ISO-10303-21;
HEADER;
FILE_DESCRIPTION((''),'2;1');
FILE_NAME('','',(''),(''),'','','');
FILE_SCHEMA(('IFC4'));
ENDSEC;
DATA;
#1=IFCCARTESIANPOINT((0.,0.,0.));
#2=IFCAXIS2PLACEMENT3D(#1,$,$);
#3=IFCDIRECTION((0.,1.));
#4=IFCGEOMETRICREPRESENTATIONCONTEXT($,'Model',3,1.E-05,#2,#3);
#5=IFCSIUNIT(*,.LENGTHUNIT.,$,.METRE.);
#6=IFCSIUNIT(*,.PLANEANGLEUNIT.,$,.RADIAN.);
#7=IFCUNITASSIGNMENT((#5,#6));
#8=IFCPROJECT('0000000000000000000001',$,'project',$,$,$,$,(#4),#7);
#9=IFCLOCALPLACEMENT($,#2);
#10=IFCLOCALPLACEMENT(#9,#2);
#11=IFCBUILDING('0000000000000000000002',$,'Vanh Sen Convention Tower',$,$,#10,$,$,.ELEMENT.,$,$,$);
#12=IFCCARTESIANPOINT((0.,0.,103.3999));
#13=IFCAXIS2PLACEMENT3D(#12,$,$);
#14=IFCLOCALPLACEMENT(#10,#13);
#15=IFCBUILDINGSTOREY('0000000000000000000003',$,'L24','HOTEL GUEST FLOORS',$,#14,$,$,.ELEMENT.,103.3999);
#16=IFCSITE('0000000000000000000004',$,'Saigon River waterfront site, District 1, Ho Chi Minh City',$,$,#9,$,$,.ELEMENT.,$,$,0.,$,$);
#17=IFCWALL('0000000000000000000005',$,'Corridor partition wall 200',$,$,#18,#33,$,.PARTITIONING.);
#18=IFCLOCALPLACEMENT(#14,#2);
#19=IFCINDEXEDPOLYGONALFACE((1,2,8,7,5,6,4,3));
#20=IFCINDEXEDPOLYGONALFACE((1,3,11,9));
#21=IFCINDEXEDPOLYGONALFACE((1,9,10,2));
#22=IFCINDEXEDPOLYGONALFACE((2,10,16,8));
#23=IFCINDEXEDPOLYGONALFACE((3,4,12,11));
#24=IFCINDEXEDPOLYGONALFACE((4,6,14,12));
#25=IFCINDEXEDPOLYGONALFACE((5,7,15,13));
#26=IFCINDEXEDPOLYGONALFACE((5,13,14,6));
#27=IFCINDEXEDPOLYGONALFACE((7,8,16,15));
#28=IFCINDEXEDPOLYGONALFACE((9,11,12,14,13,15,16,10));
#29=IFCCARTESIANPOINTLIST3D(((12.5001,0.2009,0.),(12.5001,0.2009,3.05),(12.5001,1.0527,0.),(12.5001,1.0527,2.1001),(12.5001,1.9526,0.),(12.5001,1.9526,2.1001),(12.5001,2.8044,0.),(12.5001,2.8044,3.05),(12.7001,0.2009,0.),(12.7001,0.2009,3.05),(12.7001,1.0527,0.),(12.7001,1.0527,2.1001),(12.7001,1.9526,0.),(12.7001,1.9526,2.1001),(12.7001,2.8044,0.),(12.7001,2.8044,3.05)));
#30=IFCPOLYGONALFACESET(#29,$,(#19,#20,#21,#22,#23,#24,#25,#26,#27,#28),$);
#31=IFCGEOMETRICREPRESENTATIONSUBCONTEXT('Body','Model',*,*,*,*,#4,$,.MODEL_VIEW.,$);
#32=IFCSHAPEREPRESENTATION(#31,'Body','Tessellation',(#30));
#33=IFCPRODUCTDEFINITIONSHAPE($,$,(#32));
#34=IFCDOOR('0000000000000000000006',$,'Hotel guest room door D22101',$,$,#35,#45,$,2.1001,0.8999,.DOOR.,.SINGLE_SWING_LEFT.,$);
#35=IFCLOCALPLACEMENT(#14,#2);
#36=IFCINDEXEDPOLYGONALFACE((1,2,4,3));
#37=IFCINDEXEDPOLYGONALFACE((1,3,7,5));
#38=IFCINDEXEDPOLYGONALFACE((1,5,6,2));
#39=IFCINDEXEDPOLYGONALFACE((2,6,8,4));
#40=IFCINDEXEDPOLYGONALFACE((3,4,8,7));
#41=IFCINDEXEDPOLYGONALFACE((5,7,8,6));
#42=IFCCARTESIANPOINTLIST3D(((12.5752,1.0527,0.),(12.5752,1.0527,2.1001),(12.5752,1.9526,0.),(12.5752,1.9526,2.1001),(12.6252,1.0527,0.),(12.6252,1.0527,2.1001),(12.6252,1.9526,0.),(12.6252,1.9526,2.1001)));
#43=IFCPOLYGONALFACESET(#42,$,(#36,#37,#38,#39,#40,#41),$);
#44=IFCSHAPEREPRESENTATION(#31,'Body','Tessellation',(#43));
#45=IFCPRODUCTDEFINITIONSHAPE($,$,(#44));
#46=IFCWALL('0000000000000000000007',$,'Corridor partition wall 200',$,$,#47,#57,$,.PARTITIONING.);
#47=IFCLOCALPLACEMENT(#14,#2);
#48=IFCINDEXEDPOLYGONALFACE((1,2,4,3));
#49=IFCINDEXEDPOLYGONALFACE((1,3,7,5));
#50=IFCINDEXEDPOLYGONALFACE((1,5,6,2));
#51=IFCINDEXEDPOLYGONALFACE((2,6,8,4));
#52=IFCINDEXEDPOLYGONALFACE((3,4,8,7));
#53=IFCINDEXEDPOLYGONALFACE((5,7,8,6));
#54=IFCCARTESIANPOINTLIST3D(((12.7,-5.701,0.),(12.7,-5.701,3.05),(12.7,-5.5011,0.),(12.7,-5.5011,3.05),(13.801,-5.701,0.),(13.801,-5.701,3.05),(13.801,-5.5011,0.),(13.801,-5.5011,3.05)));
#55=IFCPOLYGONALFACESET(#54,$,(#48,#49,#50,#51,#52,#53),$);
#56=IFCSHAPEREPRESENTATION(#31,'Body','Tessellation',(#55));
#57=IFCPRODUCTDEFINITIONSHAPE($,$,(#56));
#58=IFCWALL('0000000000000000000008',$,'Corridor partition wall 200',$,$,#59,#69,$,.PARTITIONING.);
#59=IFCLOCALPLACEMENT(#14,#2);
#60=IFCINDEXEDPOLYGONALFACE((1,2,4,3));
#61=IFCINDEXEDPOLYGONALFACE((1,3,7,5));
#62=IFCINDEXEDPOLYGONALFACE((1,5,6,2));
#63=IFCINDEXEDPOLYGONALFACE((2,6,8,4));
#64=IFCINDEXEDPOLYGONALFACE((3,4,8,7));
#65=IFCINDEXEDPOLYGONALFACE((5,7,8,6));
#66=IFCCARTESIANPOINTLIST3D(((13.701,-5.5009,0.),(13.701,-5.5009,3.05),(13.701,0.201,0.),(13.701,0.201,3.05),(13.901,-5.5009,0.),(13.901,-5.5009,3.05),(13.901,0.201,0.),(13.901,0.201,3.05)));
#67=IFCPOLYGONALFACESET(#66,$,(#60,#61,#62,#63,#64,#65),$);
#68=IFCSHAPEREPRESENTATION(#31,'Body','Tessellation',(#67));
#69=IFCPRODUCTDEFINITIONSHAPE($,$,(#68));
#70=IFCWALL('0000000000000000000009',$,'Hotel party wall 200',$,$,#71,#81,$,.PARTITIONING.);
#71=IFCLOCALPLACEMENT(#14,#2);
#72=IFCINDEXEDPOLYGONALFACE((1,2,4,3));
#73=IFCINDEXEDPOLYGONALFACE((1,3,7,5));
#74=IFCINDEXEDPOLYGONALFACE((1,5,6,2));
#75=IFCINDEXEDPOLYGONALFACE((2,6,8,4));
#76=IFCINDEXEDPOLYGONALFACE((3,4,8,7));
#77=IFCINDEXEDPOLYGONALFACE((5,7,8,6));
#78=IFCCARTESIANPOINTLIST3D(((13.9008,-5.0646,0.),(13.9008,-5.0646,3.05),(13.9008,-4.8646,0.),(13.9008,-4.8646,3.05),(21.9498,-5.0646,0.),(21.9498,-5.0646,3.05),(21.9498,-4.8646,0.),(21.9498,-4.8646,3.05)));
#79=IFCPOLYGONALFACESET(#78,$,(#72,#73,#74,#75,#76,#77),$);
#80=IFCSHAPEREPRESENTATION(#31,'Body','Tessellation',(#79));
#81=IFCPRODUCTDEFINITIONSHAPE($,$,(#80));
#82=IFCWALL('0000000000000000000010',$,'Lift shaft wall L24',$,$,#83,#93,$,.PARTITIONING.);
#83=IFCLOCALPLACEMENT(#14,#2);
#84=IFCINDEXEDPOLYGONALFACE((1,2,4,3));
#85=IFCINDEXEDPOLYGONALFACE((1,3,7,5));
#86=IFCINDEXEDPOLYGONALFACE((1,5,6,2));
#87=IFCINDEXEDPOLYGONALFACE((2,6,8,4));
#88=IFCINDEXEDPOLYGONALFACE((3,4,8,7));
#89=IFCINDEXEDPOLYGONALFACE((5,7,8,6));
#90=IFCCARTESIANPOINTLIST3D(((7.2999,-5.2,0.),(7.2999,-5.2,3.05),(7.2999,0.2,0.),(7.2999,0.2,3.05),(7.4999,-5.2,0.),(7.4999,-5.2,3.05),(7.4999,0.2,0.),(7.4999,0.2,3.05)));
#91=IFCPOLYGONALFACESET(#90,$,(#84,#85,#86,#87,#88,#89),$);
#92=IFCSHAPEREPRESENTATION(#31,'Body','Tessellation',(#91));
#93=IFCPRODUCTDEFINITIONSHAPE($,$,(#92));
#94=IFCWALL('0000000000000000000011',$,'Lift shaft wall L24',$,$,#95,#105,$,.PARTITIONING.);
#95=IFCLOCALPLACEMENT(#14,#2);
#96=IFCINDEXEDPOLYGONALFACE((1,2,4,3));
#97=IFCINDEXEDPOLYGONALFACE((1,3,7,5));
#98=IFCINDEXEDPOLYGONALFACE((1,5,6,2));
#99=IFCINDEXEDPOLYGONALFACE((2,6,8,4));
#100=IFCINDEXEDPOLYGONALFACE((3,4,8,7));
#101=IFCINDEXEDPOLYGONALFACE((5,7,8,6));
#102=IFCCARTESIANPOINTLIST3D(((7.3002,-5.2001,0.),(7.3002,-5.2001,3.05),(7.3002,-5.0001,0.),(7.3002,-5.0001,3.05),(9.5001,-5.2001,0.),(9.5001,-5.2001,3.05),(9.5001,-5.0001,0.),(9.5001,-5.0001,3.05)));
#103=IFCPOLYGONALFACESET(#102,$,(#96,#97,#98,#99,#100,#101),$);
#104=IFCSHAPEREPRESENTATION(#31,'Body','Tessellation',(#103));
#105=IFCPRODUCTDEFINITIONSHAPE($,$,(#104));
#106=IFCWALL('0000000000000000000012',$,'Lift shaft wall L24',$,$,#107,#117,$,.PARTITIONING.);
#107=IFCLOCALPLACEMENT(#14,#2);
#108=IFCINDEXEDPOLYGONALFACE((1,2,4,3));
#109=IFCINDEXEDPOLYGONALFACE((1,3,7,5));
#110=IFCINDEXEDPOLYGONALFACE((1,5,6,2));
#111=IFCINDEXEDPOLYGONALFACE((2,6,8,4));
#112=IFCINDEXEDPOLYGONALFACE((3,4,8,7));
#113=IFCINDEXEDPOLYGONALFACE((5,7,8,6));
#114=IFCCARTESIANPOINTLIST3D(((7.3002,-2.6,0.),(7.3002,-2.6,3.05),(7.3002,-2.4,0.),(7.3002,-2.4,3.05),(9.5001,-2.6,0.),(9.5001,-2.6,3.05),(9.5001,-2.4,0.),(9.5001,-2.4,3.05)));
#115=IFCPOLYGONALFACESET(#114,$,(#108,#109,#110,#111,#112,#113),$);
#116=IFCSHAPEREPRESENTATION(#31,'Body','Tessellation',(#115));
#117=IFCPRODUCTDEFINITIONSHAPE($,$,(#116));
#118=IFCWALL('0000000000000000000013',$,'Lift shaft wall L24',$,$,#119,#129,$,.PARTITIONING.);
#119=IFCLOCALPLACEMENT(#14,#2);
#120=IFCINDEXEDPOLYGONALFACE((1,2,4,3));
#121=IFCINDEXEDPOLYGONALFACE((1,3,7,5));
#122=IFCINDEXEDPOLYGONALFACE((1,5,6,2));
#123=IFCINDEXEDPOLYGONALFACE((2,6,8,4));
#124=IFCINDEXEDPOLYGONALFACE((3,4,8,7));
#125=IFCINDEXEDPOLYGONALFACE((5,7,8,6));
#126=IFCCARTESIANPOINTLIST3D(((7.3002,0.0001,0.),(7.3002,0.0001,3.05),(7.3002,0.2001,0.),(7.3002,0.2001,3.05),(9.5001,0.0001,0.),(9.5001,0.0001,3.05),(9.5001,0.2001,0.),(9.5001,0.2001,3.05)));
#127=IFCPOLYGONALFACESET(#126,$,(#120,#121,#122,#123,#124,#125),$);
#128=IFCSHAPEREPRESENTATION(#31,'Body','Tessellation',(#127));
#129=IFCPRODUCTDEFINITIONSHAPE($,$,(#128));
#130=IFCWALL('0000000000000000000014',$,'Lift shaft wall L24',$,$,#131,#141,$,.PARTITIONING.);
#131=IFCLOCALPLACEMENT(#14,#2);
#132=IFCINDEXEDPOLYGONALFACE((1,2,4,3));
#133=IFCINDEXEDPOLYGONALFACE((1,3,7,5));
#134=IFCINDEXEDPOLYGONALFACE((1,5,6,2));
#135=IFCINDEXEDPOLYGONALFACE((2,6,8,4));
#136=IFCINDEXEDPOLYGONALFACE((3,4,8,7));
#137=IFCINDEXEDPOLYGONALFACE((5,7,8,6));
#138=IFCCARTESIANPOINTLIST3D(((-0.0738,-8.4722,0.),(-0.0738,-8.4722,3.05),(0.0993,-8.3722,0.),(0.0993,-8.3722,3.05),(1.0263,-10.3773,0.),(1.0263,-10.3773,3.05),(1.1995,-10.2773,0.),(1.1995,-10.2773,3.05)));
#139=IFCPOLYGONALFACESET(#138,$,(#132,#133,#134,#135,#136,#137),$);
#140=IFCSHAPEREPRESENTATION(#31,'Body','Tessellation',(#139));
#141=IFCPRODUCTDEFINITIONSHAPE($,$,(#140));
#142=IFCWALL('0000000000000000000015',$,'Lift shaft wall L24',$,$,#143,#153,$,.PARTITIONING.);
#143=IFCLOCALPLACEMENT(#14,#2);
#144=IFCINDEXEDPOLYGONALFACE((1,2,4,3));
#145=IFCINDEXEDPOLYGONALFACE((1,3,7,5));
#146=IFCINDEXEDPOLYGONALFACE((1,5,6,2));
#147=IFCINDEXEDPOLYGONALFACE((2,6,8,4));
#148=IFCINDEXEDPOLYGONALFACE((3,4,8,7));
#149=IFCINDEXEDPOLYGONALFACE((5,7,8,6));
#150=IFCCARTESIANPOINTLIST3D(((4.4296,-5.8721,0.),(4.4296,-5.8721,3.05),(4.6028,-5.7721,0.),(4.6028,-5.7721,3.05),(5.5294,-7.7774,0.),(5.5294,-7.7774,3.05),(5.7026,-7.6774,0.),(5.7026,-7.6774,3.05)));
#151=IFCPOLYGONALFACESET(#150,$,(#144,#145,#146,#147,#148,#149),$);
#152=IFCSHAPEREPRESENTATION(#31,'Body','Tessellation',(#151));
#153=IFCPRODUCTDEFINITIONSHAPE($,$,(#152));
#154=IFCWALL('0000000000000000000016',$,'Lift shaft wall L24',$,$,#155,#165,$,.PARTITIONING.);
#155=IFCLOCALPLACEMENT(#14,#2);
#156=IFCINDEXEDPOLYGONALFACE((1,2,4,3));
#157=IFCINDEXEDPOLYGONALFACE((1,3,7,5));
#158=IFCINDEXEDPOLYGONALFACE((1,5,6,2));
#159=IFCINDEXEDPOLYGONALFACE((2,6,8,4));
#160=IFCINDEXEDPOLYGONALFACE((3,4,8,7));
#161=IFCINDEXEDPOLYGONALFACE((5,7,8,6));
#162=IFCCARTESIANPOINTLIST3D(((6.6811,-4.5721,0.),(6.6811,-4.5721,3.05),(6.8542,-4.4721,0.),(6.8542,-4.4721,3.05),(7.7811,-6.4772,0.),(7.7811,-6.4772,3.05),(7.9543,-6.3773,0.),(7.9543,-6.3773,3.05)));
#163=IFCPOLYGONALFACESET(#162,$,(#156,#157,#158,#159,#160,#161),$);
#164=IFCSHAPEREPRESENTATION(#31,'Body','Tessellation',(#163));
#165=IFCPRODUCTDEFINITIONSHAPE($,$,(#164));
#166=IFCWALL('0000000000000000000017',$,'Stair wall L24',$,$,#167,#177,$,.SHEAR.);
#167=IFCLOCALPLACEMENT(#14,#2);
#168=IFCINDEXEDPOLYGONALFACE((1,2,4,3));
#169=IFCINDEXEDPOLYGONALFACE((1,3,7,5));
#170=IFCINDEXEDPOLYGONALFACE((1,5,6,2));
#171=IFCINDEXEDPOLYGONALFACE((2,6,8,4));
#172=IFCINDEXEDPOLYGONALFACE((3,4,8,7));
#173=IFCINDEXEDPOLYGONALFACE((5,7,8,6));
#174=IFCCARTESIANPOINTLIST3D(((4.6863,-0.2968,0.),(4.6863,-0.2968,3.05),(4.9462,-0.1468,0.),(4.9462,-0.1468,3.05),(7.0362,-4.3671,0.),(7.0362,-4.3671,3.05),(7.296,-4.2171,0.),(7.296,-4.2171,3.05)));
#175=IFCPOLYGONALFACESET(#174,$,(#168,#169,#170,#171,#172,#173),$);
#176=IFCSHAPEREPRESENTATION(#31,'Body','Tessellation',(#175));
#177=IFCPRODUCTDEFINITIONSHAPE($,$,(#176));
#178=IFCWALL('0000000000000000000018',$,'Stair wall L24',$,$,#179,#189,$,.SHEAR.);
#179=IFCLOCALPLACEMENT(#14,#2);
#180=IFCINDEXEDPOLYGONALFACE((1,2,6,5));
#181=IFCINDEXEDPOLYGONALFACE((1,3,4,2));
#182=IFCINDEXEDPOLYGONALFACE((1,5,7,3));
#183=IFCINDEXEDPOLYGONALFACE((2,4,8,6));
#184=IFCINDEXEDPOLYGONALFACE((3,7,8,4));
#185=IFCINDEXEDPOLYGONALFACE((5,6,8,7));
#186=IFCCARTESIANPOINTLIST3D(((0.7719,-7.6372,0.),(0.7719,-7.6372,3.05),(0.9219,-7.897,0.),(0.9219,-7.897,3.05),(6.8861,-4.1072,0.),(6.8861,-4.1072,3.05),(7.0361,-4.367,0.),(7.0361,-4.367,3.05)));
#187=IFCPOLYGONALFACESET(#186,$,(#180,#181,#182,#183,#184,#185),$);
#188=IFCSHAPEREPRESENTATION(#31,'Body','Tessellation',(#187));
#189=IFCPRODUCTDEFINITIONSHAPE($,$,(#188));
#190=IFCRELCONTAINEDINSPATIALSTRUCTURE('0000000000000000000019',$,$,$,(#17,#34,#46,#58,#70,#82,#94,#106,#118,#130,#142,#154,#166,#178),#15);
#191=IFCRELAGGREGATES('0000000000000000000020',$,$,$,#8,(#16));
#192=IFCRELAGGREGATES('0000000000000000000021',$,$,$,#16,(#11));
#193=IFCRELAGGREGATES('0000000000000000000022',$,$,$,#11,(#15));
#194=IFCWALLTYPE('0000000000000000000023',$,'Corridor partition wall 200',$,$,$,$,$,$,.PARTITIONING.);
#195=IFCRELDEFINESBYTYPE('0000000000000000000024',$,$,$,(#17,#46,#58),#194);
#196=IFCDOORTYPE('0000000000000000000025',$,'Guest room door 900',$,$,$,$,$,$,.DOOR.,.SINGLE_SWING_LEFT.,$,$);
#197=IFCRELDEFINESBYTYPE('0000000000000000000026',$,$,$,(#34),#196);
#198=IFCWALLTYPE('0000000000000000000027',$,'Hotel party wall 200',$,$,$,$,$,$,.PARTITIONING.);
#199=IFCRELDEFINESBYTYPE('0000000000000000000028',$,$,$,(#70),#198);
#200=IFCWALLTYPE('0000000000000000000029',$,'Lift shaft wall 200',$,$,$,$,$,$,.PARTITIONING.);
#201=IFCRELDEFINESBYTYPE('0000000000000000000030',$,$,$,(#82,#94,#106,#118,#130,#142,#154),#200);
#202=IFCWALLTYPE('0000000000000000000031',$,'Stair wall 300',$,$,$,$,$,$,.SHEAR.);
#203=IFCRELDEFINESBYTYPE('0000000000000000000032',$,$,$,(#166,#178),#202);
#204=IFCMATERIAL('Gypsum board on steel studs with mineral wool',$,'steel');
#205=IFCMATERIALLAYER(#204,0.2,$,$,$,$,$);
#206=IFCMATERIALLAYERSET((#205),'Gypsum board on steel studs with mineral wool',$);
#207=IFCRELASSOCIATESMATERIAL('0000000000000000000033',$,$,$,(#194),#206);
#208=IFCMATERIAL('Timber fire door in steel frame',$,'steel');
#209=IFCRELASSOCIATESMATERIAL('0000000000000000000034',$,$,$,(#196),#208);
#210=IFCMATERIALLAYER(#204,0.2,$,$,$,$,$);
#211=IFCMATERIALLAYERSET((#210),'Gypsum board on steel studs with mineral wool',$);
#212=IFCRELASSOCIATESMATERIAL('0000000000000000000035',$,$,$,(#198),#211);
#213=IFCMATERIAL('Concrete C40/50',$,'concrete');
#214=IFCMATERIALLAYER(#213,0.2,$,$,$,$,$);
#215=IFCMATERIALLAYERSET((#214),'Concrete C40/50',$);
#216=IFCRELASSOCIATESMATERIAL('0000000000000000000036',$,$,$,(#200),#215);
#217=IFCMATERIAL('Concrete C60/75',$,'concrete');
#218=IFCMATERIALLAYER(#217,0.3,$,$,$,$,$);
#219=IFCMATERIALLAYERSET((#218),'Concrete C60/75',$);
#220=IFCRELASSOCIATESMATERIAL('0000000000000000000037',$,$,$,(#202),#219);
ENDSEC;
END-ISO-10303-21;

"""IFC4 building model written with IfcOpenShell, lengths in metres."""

from ifc_helpers import new_model, si_unit, direction, frame, frame_2d, origin, place, context, subcontext, project, spatial, rectangle, extrude, material, layer, layer_set, type_object, element, fill, save


model = new_model("IFC4")

# Units and contexts
model_context = context("Model", 3, precision=1e-05, world=origin(), true_north=direction((0.0, 1.0)))
body_context = subcontext(model_context, "Body", "Model", "MODEL_VIEW")
ifc_project = project(units=[si_unit("LENGTHUNIT", "METRE"), si_unit("PLANEANGLEUNIT", "RADIAN")], contexts=[model_context])

# Site, building, storey
site_placement = place(None, origin())
site = spatial("IfcSite", under=ifc_project, at=site_placement, Name="Saigon River waterfront site, District 1, Ho Chi Minh City", CompositionType="ELEMENT", RefElevation=0.0)
building_placement = place(site_placement, origin())
building = spatial("IfcBuilding", under=site, at=building_placement, Name="Vanh Sen Convention Tower", CompositionType="ELEMENT")
storey_placement = place(building_placement, frame((0.0, 0.0, 103.3999)))
storey = spatial("IfcBuildingStorey", under=building, at=storey_placement, Name="L24", Description="HOTEL GUEST FLOORS", CompositionType="ELEMENT", Elevation=103.3999)

# Shared definitions
ifc_material_1 = material(Name="Concrete C40/50", Category="concrete")

# Shared definitions
ifc_material_2 = material(Name="Gypsum board on steel studs with mineral wool", Category="steel")
ifc_layer_1 = layer(ifc_material_2, 0.2)
ifc_layer_set_1 = layer_set([ifc_layer_1], Name="Gypsum board on steel studs with mineral wool")
wall_type_1 = type_object("IfcWallType", Name="Corridor partition wall 200", PredefinedType="PARTITIONING", material=ifc_layer_set_1)

# Shared definitions
ifc_material_3 = material(Name="Timber fire door in steel frame", Category="steel")
door_type_1 = type_object("IfcDoorType", Name="Guest room door 900", OperationType="SINGLE_SWING_LEFT", PredefinedType="DOOR", material=ifc_material_3)

# Wall, opening, door
wall_1_placement = place(storey_placement, frame((12.6001, 0.2009, 0.0), z_axis=(0.0, 0.0, 1.0), x_axis=(0.0, 1.0, 0.0)))
wall_1 = element("IfcWall", 1, at=wall_1_placement, inside=storey, type_object=wall_type_1, Name="Corridor partition wall 200", PredefinedType="PARTITIONING", context=body_context, shape_type="SweptSolid", body=[
    extrude(rectangle(XDim=2.6035, YDim=0.2, at=frame_2d((1.3018, 0.0))), origin(), (0.0, 0.0, 1.0), 3.05),
])
opening_1_placement = place(wall_1_placement, frame((0.8518, 0.0, 0.0)))
opening_1 = element("IfcOpeningElement", 2, at=opening_1_placement, cuts=wall_1, PredefinedType="OPENING", context=body_context, shape_type="SweptSolid", body=[
    extrude(rectangle(XDim=0.8999, YDim=2.1001, at=frame_2d((0.45, 1.05))), frame((0.0, 0.1099, 0.0), z_axis=(0.0, -1.0, 0.0), x_axis=(1.0, 0.0, 0.0)), (0.0, 0.0, 1.0), 0.22),
])
door_1_placement = place(opening_1_placement, origin())
door_1 = element("IfcDoor", 3, at=door_1_placement, inside=storey, type_object=door_type_1, Name="Hotel guest room door D22101", OperationType="SINGLE_SWING_LEFT", OverallHeight=2.1001, OverallWidth=0.8999, PredefinedType="DOOR", context=body_context, shape_type="SweptSolid", body=[
    extrude(rectangle(XDim=0.8999, YDim=2.1001, at=frame_2d((0.45, 1.05))), frame((0.0, 0.0249, 0.0), z_axis=(0.0, -1.0, 0.0), x_axis=(1.0, 0.0, 0.0)), (0.0, 0.0, 1.0), 0.05),
])
fill(opening_1, door_1)

# Walls
wall_2_placement = place(storey_placement, frame((12.7, -5.6011, 0.0), z_axis=(0.0, 0.0, 1.0), x_axis=(1.0, 0.0, 0.0)))
element("IfcWall", 4, at=wall_2_placement, inside=storey, type_object=wall_type_1, Name="Corridor partition wall 200", PredefinedType="PARTITIONING", context=body_context, shape_type="SweptSolid", body=[
    extrude(rectangle(XDim=1.1011, YDim=0.2, at=frame_2d((0.5505, 0.0))), origin(), (0.0, 0.0, 1.0), 3.05),
])
wall_3_placement = place(storey_placement, frame((13.801, -5.501, 0.0), z_axis=(0.0, 0.0, 1.0), x_axis=(0.0, 1.0, 0.0)))
element("IfcWall", 5, at=wall_3_placement, inside=storey, type_object=wall_type_1, Name="Corridor partition wall 200", PredefinedType="PARTITIONING", context=body_context, shape_type="SweptSolid", body=[
    extrude(rectangle(XDim=5.7019, YDim=0.2, at=frame_2d((2.8511, 0.0))), origin(), (0.0, 0.0, 1.0), 3.05),
])
ifc_layer_2 = layer(ifc_material_2, 0.2)
ifc_layer_set_2 = layer_set([ifc_layer_2], Name="Gypsum board on steel studs with mineral wool")
wall_type_2 = type_object("IfcWallType", Name="Hotel party wall 200", PredefinedType="PARTITIONING", material=ifc_layer_set_2)
wall_4_placement = place(storey_placement, frame((13.9009, -4.9646, 0.0), z_axis=(0.0, 0.0, 1.0), x_axis=(1.0, 0.0, 0.0)))
element("IfcWall", 6, at=wall_4_placement, inside=storey, type_object=wall_type_2, Name="Hotel party wall 200", PredefinedType="PARTITIONING", context=body_context, shape_type="SweptSolid", body=[
    extrude(rectangle(XDim=8.0491, YDim=0.2, at=frame_2d((4.0244, 0.0))), origin(), (0.0, 0.0, 1.0), 3.05),
])
ifc_layer_3 = layer(ifc_material_1, 0.2)
ifc_layer_set_3 = layer_set([ifc_layer_3], Name="Concrete C40/50")
wall_type_3 = type_object("IfcWallType", Name="Lift shaft wall 200", PredefinedType="PARTITIONING", material=ifc_layer_set_3)
wall_5_placement = place(storey_placement, frame((7.3999, -5.2, 0.0), z_axis=(0.0, 0.0, 1.0), x_axis=(0.0, 1.0, 0.0)))
element("IfcWall", 7, at=wall_5_placement, inside=storey, type_object=wall_type_3, Name="Lift shaft wall L24", PredefinedType="PARTITIONING", context=body_context, shape_type="SweptSolid", body=[
    extrude(rectangle(XDim=5.3999, YDim=0.2, at=frame_2d((2.7, 0.0))), origin(), (0.0, 0.0, 1.0), 3.05),
])
for number, where, z_axis, x_axis, name in (
    (8, (7.3, -5.1001, 0.0), (0.0, 0.0, 1.0), (1.0, 0.0, 0.0), "Lift shaft wall L24"),
    (9, (7.3, -2.5, 0.0), (0.0, 0.0, 1.0), (1.0, 0.0, 0.0), "Lift shaft wall L24"),
    (10, (7.3, 0.1001, 0.0), (0.0, 0.0, 1.0), (1.0, 0.0, 0.0), "Lift shaft wall L24"),
    (11, (0.0127, -8.4221, 0.0), (0.0, 0.0, 1.0), (0.500078, -0.86598, 0.0), "Lift shaft wall L24"),
    (12, (4.5161, -5.822, 0.0), (0.0, 0.0, 1.0), (0.499947, -0.866056, 0.0), "Lift shaft wall L24"),
    (13, (6.7676, -4.522, 0.0), (0.0, 0.0, 1.0), (0.50003, -0.866008, 0.0), "Lift shaft wall L24"),
):
    element("IfcWall", number, at=place(storey_placement, frame(where, z_axis=z_axis, x_axis=x_axis)), inside=storey, type_object=wall_type_3, Name=name, PredefinedType="PARTITIONING", context=body_context, shape_type="SweptSolid", body=[
        extrude(rectangle(XDim=2.2, YDim=0.2, at=frame_2d((1.1001, 0.0))), origin(), (0.0, 0.0, 1.0), 3.05),
    ])
ifc_material_4 = material(Name="Concrete C60/75", Category="concrete")
ifc_layer_4 = layer(ifc_material_4, 0.3)
ifc_layer_set_4 = layer_set([ifc_layer_4], Name="Concrete C60/75")
wall_type_4 = type_object("IfcWallType", Name="Stair wall 300", PredefinedType="SHEAR", material=ifc_layer_set_4)
wall_6_placement = place(storey_placement, frame((4.8162, -0.2217, 0.0), z_axis=(0.0, 0.0, 1.0), x_axis=(0.499977, -0.866039, 0.0)))
element("IfcWall", 14, at=wall_6_placement, inside=storey, type_object=wall_type_4, Name="Stair wall L24", PredefinedType="SHEAR", context=body_context, shape_type="SweptSolid", body=[
    extrude(rectangle(XDim=4.7, YDim=0.3, at=frame_2d((2.3501, 0.0))), origin(), (0.0, 0.0, 1.0), 3.05),
])
wall_7_placement = place(storey_placement, frame((0.8469, -7.7671, 0.0), z_axis=(0.0, 0.0, 1.0), x_axis=(0.866028, 0.499996, 0.0)))
element("IfcWall", 15, at=wall_7_placement, inside=storey, type_object=wall_type_4, Name="Stair wall L24", PredefinedType="SHEAR", context=body_context, shape_type="SweptSolid", body=[
    extrude(rectangle(XDim=7.0601, YDim=0.3, at=frame_2d((3.53, 0.0))), origin(), (0.0, 0.0, 1.0), 3.05),
])

save(model, "model.ifc")
